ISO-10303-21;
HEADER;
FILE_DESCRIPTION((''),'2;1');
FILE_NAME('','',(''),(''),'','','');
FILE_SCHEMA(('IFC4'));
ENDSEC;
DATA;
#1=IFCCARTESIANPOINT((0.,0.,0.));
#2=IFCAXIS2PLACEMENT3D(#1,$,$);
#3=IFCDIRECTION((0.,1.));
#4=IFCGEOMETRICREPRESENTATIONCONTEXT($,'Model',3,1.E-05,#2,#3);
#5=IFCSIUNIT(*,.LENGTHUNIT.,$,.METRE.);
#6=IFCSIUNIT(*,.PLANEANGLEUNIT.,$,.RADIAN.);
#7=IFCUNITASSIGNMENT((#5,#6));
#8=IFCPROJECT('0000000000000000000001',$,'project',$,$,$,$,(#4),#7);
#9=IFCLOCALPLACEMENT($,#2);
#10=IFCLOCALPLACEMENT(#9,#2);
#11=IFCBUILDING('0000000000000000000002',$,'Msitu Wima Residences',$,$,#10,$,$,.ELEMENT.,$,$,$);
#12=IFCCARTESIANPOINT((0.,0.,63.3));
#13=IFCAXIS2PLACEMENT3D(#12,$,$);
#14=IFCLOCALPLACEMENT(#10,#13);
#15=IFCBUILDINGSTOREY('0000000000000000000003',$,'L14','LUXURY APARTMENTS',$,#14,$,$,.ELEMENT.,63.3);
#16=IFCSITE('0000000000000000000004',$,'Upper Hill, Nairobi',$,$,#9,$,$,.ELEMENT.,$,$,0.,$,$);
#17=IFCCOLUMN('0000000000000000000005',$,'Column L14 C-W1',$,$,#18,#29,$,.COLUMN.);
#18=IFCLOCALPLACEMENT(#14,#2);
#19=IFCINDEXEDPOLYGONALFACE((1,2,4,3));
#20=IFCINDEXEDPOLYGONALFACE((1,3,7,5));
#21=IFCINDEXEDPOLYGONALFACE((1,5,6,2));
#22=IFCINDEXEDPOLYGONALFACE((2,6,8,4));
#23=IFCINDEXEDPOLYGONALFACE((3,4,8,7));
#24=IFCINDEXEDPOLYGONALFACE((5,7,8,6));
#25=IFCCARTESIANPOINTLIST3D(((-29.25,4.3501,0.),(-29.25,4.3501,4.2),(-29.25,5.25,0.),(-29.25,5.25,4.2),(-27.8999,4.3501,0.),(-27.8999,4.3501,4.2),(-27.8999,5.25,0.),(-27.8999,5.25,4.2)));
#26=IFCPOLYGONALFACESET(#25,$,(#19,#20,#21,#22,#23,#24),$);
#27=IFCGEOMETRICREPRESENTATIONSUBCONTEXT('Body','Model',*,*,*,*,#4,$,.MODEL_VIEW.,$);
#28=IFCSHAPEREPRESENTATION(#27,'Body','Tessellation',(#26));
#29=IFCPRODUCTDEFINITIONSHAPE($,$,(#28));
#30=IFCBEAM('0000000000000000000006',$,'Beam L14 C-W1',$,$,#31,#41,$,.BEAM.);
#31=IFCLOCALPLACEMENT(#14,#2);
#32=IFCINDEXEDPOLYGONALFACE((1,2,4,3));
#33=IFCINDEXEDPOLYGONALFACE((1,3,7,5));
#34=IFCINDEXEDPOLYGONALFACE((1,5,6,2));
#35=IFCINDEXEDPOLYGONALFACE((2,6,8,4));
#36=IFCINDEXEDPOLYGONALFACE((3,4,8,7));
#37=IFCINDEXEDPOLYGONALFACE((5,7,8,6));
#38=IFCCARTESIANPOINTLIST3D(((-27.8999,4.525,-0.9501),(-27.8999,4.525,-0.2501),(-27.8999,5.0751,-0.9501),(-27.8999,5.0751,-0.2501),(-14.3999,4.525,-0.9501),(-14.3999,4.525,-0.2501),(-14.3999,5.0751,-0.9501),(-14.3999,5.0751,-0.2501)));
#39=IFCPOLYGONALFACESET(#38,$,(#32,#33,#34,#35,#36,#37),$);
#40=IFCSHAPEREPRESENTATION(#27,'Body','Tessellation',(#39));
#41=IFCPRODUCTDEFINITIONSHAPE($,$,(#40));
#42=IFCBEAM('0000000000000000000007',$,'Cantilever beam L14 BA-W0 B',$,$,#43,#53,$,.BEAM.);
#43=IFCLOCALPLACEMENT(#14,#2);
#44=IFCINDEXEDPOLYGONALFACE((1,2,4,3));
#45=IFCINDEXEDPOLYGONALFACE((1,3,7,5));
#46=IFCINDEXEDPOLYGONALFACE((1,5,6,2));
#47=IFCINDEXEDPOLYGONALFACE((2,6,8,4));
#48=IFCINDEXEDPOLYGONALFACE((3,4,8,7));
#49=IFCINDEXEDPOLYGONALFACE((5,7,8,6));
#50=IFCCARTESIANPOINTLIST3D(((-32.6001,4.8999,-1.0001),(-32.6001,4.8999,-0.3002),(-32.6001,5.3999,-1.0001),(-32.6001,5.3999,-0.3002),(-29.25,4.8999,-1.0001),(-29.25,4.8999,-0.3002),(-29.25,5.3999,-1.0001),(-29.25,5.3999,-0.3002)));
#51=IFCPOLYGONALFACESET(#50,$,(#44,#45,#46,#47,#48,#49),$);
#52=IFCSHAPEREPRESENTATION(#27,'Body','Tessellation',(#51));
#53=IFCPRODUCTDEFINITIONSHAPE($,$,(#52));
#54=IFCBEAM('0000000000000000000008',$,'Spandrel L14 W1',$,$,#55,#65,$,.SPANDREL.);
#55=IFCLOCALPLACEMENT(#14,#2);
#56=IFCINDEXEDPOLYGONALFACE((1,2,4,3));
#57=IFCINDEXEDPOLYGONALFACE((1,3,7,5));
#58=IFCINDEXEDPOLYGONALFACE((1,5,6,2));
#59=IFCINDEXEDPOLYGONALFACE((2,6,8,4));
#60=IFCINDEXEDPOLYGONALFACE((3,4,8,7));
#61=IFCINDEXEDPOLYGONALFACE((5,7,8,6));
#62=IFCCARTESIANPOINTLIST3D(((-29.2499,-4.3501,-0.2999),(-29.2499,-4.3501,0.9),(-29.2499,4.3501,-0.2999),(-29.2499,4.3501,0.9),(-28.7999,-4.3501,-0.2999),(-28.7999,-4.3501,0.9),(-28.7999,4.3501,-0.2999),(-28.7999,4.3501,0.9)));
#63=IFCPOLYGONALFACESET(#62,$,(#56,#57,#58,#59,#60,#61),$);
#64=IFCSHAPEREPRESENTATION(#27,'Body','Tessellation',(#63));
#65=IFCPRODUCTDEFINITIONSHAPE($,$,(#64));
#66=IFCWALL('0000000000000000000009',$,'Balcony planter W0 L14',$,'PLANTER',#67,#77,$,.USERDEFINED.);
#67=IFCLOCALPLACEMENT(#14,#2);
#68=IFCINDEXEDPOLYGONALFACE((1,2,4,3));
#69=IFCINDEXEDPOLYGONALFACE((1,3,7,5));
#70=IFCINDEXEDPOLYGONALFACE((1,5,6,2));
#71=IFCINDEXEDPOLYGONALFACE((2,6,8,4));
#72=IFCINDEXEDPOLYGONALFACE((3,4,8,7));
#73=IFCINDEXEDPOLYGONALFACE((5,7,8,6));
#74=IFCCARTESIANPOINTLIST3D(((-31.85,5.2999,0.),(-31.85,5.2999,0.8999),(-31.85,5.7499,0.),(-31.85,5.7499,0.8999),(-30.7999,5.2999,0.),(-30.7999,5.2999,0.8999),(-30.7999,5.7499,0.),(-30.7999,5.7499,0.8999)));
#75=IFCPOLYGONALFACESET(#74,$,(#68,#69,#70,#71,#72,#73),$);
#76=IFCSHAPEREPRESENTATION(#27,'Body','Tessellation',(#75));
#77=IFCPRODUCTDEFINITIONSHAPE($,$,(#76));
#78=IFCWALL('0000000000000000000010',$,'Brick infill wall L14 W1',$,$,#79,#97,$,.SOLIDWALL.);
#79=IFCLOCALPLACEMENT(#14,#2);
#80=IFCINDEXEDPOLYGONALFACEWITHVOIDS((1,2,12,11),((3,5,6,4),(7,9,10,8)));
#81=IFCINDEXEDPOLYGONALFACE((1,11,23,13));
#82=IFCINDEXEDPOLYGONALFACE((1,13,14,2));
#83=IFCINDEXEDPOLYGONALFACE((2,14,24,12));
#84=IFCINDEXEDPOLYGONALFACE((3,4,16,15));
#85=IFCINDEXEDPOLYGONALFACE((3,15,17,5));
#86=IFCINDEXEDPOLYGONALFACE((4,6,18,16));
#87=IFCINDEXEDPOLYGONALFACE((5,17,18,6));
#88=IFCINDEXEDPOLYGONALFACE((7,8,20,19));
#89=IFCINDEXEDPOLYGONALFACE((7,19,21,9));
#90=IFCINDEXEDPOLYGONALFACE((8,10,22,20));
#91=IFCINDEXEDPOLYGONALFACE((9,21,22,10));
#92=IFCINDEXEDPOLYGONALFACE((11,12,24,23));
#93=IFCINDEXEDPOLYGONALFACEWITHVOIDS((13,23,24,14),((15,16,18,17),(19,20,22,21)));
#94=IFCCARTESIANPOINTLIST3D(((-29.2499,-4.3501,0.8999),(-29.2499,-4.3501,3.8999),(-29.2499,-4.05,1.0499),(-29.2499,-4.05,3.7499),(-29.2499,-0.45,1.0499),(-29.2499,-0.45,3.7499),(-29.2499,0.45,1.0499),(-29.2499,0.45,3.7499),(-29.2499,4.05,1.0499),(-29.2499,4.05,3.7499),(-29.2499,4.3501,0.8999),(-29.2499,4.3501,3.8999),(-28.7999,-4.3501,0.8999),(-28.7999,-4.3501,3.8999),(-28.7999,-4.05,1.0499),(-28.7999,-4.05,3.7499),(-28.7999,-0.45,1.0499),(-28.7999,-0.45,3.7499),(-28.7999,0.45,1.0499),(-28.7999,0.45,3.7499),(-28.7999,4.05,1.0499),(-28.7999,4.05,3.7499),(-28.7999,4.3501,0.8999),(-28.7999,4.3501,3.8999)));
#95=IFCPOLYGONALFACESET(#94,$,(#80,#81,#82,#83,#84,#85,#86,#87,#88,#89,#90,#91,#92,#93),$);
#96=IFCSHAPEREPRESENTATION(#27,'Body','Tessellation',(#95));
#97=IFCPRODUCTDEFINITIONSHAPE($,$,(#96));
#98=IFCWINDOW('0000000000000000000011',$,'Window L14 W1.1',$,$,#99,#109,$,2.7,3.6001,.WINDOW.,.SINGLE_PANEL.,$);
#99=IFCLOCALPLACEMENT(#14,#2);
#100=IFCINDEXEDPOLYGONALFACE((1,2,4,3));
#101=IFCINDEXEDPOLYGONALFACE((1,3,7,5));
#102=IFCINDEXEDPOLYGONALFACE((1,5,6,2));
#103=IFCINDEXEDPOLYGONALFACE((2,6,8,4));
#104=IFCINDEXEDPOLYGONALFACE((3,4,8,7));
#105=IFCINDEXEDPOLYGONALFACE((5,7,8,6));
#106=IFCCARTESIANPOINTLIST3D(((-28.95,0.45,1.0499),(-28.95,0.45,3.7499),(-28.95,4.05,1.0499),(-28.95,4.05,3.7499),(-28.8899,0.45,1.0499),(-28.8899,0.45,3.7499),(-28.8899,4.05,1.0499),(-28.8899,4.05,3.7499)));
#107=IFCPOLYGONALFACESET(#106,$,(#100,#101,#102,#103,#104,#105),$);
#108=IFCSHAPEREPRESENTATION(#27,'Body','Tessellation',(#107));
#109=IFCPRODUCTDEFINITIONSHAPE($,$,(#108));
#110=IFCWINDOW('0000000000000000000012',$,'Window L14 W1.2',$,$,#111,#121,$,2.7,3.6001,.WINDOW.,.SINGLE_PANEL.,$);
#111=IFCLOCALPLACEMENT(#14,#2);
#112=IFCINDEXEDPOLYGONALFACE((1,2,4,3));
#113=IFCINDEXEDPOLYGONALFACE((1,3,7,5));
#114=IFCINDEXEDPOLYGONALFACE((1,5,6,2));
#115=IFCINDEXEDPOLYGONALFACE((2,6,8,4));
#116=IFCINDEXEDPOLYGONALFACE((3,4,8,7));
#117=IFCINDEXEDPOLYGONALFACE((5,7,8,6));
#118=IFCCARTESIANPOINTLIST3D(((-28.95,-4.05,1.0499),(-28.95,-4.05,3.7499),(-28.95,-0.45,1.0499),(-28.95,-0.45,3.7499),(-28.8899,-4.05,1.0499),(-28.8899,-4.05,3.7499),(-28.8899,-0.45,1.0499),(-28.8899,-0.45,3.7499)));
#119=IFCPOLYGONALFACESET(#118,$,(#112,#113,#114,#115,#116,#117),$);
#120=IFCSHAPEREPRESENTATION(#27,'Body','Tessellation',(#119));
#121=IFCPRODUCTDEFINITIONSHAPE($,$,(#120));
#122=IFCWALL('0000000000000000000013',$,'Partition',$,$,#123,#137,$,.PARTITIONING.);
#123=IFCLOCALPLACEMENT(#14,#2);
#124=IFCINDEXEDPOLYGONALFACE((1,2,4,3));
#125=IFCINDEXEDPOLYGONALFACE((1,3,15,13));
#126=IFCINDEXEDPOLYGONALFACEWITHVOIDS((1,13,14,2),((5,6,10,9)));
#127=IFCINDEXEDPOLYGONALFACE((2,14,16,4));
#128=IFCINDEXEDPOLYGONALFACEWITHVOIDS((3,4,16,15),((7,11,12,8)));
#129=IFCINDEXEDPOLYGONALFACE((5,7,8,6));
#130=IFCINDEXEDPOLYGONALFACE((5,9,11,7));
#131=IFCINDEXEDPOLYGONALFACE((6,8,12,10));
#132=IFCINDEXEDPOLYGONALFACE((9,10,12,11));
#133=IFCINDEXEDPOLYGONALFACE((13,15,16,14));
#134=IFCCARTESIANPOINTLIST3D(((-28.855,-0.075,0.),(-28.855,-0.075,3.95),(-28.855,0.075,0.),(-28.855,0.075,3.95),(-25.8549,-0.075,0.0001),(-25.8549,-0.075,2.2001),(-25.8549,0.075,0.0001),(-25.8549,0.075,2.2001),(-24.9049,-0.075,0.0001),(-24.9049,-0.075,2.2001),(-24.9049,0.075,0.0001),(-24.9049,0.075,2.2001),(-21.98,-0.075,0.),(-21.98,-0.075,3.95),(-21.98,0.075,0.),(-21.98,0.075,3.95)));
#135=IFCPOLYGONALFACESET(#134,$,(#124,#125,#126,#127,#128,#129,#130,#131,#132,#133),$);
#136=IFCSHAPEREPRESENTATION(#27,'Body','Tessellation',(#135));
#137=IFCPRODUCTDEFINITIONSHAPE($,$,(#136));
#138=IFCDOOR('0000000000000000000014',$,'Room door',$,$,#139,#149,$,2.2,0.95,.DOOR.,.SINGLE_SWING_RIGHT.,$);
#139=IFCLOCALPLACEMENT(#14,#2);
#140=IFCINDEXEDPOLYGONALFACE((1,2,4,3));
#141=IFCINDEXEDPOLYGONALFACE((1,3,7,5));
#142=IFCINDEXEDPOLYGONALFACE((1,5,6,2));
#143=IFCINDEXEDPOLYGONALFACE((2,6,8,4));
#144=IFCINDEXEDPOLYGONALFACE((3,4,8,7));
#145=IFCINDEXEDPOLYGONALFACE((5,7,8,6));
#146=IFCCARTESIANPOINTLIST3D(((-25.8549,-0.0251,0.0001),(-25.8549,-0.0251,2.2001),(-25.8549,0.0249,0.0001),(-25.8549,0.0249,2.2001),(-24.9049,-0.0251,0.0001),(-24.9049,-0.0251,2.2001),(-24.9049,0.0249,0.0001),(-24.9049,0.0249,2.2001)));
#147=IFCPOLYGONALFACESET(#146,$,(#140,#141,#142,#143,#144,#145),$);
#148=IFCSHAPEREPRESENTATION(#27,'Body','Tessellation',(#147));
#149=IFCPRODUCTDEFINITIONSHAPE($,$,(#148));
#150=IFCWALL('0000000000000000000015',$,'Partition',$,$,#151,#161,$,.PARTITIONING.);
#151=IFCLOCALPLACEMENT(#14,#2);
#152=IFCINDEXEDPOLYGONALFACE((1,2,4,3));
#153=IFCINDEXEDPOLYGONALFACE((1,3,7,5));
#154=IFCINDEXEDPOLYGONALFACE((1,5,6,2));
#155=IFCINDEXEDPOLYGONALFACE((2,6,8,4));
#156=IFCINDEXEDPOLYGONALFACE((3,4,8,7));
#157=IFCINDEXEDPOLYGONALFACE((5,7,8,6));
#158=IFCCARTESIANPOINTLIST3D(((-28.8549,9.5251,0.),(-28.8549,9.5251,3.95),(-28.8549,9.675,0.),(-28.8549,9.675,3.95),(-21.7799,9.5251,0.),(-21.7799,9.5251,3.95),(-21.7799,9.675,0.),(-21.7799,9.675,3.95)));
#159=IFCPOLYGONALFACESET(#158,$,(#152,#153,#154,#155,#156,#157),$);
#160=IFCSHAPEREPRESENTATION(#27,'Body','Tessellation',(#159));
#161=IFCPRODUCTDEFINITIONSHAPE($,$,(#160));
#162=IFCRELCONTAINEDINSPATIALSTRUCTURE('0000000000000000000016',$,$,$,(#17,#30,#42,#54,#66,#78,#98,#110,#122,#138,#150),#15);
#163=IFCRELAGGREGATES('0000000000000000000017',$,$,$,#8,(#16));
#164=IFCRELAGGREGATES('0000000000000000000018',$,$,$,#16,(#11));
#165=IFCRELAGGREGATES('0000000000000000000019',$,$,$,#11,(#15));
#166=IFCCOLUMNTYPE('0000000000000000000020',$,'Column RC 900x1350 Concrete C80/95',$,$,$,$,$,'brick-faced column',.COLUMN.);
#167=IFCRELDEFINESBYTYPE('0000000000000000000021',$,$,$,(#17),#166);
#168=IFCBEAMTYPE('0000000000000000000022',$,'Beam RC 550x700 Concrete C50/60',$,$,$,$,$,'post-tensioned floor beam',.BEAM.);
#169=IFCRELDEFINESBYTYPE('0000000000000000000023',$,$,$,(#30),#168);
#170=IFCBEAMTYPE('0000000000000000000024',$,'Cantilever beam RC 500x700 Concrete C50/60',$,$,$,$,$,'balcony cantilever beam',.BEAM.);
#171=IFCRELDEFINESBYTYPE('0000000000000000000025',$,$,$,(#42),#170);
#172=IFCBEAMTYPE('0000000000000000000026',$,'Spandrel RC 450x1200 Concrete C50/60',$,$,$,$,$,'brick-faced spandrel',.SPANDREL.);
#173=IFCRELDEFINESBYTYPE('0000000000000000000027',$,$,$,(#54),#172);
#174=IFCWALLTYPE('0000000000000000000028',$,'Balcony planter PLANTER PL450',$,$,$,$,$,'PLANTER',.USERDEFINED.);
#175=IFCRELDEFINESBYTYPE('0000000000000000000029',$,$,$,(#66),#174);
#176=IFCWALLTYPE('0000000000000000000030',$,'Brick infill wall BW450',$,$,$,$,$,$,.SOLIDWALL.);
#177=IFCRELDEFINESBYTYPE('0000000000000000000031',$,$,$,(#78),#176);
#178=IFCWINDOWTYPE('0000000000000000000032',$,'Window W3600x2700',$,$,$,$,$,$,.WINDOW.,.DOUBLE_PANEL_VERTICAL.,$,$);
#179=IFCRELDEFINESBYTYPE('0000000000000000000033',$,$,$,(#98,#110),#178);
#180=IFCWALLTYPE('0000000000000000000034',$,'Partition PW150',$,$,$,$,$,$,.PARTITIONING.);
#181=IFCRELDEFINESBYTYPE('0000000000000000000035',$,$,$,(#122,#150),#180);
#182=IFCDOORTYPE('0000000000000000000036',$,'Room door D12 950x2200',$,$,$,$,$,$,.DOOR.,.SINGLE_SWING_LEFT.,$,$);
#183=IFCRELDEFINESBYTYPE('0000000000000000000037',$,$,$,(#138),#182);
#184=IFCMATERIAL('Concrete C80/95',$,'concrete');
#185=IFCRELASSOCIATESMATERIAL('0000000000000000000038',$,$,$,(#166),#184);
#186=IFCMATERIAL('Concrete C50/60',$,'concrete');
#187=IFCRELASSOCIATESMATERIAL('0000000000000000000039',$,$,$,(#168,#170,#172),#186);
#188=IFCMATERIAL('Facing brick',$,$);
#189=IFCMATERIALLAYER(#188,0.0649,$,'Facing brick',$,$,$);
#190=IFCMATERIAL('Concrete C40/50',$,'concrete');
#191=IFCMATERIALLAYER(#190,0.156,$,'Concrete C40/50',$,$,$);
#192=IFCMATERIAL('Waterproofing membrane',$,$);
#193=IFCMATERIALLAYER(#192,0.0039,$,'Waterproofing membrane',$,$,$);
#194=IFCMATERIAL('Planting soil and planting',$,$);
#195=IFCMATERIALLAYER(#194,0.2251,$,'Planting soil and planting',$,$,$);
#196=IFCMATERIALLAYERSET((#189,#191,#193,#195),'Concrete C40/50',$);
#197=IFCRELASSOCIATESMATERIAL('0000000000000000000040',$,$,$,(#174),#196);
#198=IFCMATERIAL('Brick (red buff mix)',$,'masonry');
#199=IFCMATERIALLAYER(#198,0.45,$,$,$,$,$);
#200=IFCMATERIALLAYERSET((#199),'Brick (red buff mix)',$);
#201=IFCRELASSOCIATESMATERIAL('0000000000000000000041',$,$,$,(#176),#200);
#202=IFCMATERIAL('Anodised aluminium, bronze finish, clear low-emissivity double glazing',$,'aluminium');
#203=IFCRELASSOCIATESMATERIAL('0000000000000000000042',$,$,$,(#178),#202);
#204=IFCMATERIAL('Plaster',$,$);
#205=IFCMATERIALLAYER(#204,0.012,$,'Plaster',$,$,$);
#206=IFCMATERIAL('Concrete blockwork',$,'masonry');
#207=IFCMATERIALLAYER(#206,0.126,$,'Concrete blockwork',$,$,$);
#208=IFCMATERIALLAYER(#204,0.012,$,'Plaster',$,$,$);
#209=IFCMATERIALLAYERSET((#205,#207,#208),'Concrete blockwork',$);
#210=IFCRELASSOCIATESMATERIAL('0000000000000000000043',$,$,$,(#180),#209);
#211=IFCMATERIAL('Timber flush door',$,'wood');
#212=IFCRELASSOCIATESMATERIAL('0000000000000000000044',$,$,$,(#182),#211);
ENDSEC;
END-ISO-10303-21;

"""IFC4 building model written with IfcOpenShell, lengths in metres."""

from ifc_helpers import new_model, si_unit, direction, frame, frame_2d, origin, origin_2d, place, context, subcontext, project, spatial, rectangle, extrude, material, layer, layer_set, material_profile, profile_set, type_object, element, fill, save


model = new_model("IFC4")

# Units and contexts
model_context = context("Model", 3, precision=1e-05, world=origin(), true_north=direction((0.0, 1.0)))
body_context = subcontext(model_context, "Body", "Model", "MODEL_VIEW")
ifc_project = project(units=[si_unit("LENGTHUNIT", "METRE"), si_unit("PLANEANGLEUNIT", "RADIAN")], contexts=[model_context])

# Site, building, storey
site_placement = place(None, origin())
site = spatial("IfcSite", under=ifc_project, at=site_placement, Name="Upper Hill, Nairobi", CompositionType="ELEMENT", RefElevation=0.0)
building_placement = place(site_placement, origin())
building = spatial("IfcBuilding", under=site, at=building_placement, Name="Msitu Wima Residences", CompositionType="ELEMENT")
storey_placement = place(building_placement, frame((0.0, 0.0, 63.3)))
storey = spatial("IfcBuildingStorey", under=building, at=storey_placement, Name="L14", Description="LUXURY APARTMENTS", CompositionType="ELEMENT", Elevation=63.3)

# Column
ifc_material_1 = material(Name="Concrete C80/95", Category="concrete")
ifc_material_profile_1 = material_profile(ifc_material_1, rectangle(XDim=0.8999, YDim=1.3501, at=origin_2d()), Name="RC 900x1350")
ifc_profile_set_1 = profile_set([ifc_material_profile_1], Name="Concrete C80/95")
column_type = type_object("IfcColumnType", Name="Column RC 900x1350 Concrete C80/95", ElementType="brick-faced column", PredefinedType="COLUMN", material=ifc_profile_set_1)
column_placement = place(storey_placement, frame((-28.575, 4.8, 0.0), z_axis=(0.0, 0.0, 1.0), x_axis=(0.0, -1.0, 0.0)))
element("IfcColumn", 1, at=column_placement, inside=storey, type_object=column_type, Name="Column L14 C-W1", PredefinedType="COLUMN", context=body_context, shape_type="SweptSolid", body=[
    extrude(rectangle(XDim=0.8999, YDim=1.3501, at=origin_2d()), origin(), (0.0, 0.0, 1.0), 4.2),
])

# Beams
ifc_material_2 = material(Name="Concrete C50/60", Category="concrete")
ifc_material_profile_2 = material_profile(ifc_material_2, rectangle(XDim=0.55, YDim=0.7, at=origin_2d()), Name="RC 550x700")
ifc_profile_set_2 = profile_set([ifc_material_profile_2], Name="Concrete C50/60")
beam_type_1 = type_object("IfcBeamType", Name="Beam RC 550x700 Concrete C50/60", ElementType="post-tensioned floor beam", PredefinedType="BEAM", material=ifc_profile_set_2)
beam_1_placement = place(storey_placement, frame((-27.8999, 4.8, -0.6001), z_axis=(1.0, 0.0, 0.0), x_axis=(0.0, 1.0, 0.0)))
element("IfcBeam", 2, at=beam_1_placement, inside=storey, type_object=beam_type_1, Name="Beam L14 C-W1", PredefinedType="BEAM", context=body_context, shape_type="SweptSolid", body=[
    extrude(rectangle(XDim=0.55, YDim=0.7, at=origin_2d()), origin(), (0.0, 0.0, 1.0), 13.5),
])
ifc_material_profile_3 = material_profile(ifc_material_2, rectangle(XDim=0.5, YDim=0.7, at=origin_2d()), Name="RC 500x700")
ifc_profile_set_3 = profile_set([ifc_material_profile_3], Name="Concrete C50/60")
beam_type_2 = type_object("IfcBeamType", Name="Cantilever beam RC 500x700 Concrete C50/60", ElementType="balcony cantilever beam", PredefinedType="BEAM", material=ifc_profile_set_3)
beam_2_placement = place(storey_placement, frame((-29.25, 5.1499, -0.6501), z_axis=(-1.0, 0.0, 0.0), x_axis=(0.0, -1.0, 0.0)))
element("IfcBeam", 3, at=beam_2_placement, inside=storey, type_object=beam_type_2, Name="Cantilever beam L14 BA-W0 B", PredefinedType="BEAM", context=body_context, shape_type="SweptSolid", body=[
    extrude(rectangle(XDim=0.5, YDim=0.7, at=origin_2d()), origin(), (0.0, 0.0, 1.0), 3.3501),
])
ifc_material_profile_4 = material_profile(ifc_material_2, rectangle(XDim=0.45, YDim=1.2, at=origin_2d()), Name="RC 450x1200")
ifc_profile_set_4 = profile_set([ifc_material_profile_4], Name="Concrete C50/60")
beam_type_3 = type_object("IfcBeamType", Name="Spandrel RC 450x1200 Concrete C50/60", ElementType="brick-faced spandrel", PredefinedType="SPANDREL", material=ifc_profile_set_4)
beam_3_placement = place(storey_placement, frame((-29.0249, 4.3501, 0.3), z_axis=(0.0, -1.0, 0.0), x_axis=(1.0, 0.0, 0.0)))
element("IfcBeam", 4, at=beam_3_placement, inside=storey, type_object=beam_type_3, Name="Spandrel L14 W1", PredefinedType="SPANDREL", context=body_context, shape_type="SweptSolid", body=[
    extrude(rectangle(XDim=0.45, YDim=1.2, at=origin_2d()), origin(), (0.0, 0.0, 1.0), 8.7002),
])

# Wall
ifc_material_3 = material(Name="Facing brick")
ifc_layer_1 = layer(ifc_material_3, 0.0649, Name="Facing brick")
ifc_material_4 = material(Name="Concrete C40/50", Category="concrete")
ifc_layer_2 = layer(ifc_material_4, 0.156, Name="Concrete C40/50")
ifc_material_5 = material(Name="Waterproofing membrane")
ifc_layer_3 = layer(ifc_material_5, 0.0039, Name="Waterproofing membrane")
ifc_material_6 = material(Name="Planting soil and planting")
ifc_layer_4 = layer(ifc_material_6, 0.2251, Name="Planting soil and planting")
ifc_layer_set_1 = layer_set([ifc_layer_1, ifc_layer_2, ifc_layer_3, ifc_layer_4], Name="Concrete C40/50")
wall_type_1 = type_object("IfcWallType", Name="Balcony planter PLANTER PL450", ElementType="PLANTER", PredefinedType="USERDEFINED", material=ifc_layer_set_1)
wall_1_placement = place(storey_placement, frame((-30.8, 5.5249, 0.0), z_axis=(0.0, 0.0, 1.0), x_axis=(-1.0, 0.0, 0.0)))
element("IfcWall", 5, at=wall_1_placement, inside=storey, type_object=wall_type_1, Name="Balcony planter W0 L14", ObjectType="PLANTER", PredefinedType="USERDEFINED", context=body_context, shape_type="SweptSolid", body=[
    extrude(rectangle(XDim=1.05, YDim=0.45, at=frame_2d((0.5249, 0.0))), origin(), (0.0, 0.0, 1.0), 0.8999),
])

# Wall, openings, windows
ifc_material_7 = material(Name="Brick (red buff mix)", Category="masonry")
ifc_layer_5 = layer(ifc_material_7, 0.45)
ifc_layer_set_2 = layer_set([ifc_layer_5], Name="Brick (red buff mix)")
wall_type_2 = type_object("IfcWallType", Name="Brick infill wall BW450", PredefinedType="SOLIDWALL", material=ifc_layer_set_2)
wall_2_placement = place(storey_placement, frame((-29.0249, 4.3501, 0.8999), z_axis=(0.0, 0.0, 1.0), x_axis=(0.0, -1.0, 0.0)))
wall_2 = element("IfcWall", 6, at=wall_2_placement, inside=storey, type_object=wall_type_2, Name="Brick infill wall L14 W1", PredefinedType="SOLIDWALL", context=body_context, shape_type="SweptSolid", body=[
    extrude(rectangle(XDim=8.7002, YDim=0.45, at=frame_2d((4.3501, 0.0))), origin(), (0.0, 0.0, 1.0), 3.0),
])
opening_1_placement = place(wall_2_placement, frame((0.3, 0.0, 0.1499)))
opening_1 = element("IfcOpeningElement", 7, at=opening_1_placement, cuts=wall_2, PredefinedType="OPENING", context=body_context, shape_type="SweptSolid", body=[
    extrude(rectangle(XDim=3.6001, YDim=2.7, at=frame_2d((1.8, 1.3501))), frame((0.0, 0.2349, 0.0), z_axis=(0.0, -1.0, 0.0), x_axis=(1.0, 0.0, 0.0)), (0.0, 0.0, 1.0), 0.47),
])
opening_2_placement = place(wall_2_placement, frame((4.8, 0.0, 0.1499)))
opening_2 = element("IfcOpeningElement", 8, at=opening_2_placement, cuts=wall_2, PredefinedType="OPENING", context=body_context, shape_type="SweptSolid", body=[
    extrude(rectangle(XDim=3.6001, YDim=2.7, at=frame_2d((1.8, 1.3501))), frame((0.0, 0.2349, 0.0), z_axis=(0.0, -1.0, 0.0), x_axis=(1.0, 0.0, 0.0)), (0.0, 0.0, 1.0), 0.47),
])
ifc_material_8 = material(Name="Anodised aluminium, bronze finish, clear low-emissivity double glazing", Category="aluminium")
window_type = type_object("IfcWindowType", Name="Window W3600x2700", PartitioningType="DOUBLE_PANEL_VERTICAL", PredefinedType="WINDOW", material=ifc_material_8)
window_1_placement = place(opening_1_placement, origin())
window_1 = element("IfcWindow", 9, at=window_1_placement, inside=storey, type_object=window_type, Name="Window L14 W1.1", OverallHeight=2.7, OverallWidth=3.6001, PartitioningType="SINGLE_PANEL", PredefinedType="WINDOW", context=body_context, shape_type="SweptSolid", body=[
    extrude(rectangle(XDim=3.6001, YDim=2.7, at=frame_2d((1.8, 1.3501))), frame((0.0, 0.135, 0.0), z_axis=(0.0, -1.0, 0.0), x_axis=(1.0, 0.0, 0.0)), (0.0, 0.0, 1.0), 0.0601),
])
fill(opening_1, window_1)
window_2_placement = place(opening_2_placement, origin())
window_2 = element("IfcWindow", 10, at=window_2_placement, inside=storey, type_object=window_type, Name="Window L14 W1.2", OverallHeight=2.7, OverallWidth=3.6001, PartitioningType="SINGLE_PANEL", PredefinedType="WINDOW", context=body_context, shape_type="SweptSolid", body=[
    extrude(rectangle(XDim=3.6001, YDim=2.7, at=frame_2d((1.8, 1.3501))), frame((0.0, 0.135, 0.0), z_axis=(0.0, -1.0, 0.0), x_axis=(1.0, 0.0, 0.0)), (0.0, 0.0, 1.0), 0.0601),
])
fill(opening_2, window_2)

# Wall, opening, door
ifc_material_9 = material(Name="Plaster")
ifc_layer_6 = layer(ifc_material_9, 0.012, Name="Plaster")
ifc_material_10 = material(Name="Concrete blockwork", Category="masonry")
ifc_layer_7 = layer(ifc_material_10, 0.126, Name="Concrete blockwork")
ifc_layer_8 = layer(ifc_material_9, 0.012, Name="Plaster")
ifc_layer_set_3 = layer_set([ifc_layer_6, ifc_layer_7, ifc_layer_8], Name="Concrete blockwork")
wall_type_3 = type_object("IfcWallType", Name="Partition PW150", PredefinedType="PARTITIONING", material=ifc_layer_set_3)
wall_3_placement = place(storey_placement, frame((-28.855, 0.0, 0.0), z_axis=(0.0, 0.0, 1.0), x_axis=(1.0, 0.0, 0.0)))
wall_3 = element("IfcWall", 11, at=wall_3_placement, inside=storey, type_object=wall_type_3, Name="Partition", PredefinedType="PARTITIONING", context=body_context, shape_type="SweptSolid", body=[
    extrude(rectangle(XDim=6.875, YDim=0.1499, at=frame_2d((3.4375, 0.0))), origin(), (0.0, 0.0, 1.0), 3.95),
])
opening_3_placement = place(wall_3_placement, frame((3.0, 0.0, 0.0)))
opening_3 = element("IfcOpeningElement", 12, at=opening_3_placement, cuts=wall_3, PredefinedType="OPENING", context=body_context, shape_type="SweptSolid", body=[
    extrude(rectangle(XDim=0.95, YDim=2.2, at=frame_2d((0.4751, 1.1001))), frame((0.0, 0.085, 0.0), z_axis=(0.0, -1.0, 0.0), x_axis=(1.0, 0.0, 0.0)), (0.0, 0.0, 1.0), 0.1699),
])
ifc_material_11 = material(Name="Timber flush door", Category="wood")
door_type_1 = type_object("IfcDoorType", Name="Room door D12 950x2200", OperationType="SINGLE_SWING_LEFT", PredefinedType="DOOR", material=ifc_material_11)
door_1_placement = place(opening_3_placement, origin())
door_1 = element("IfcDoor", 13, at=door_1_placement, inside=storey, type_object=door_type_1, Name="Room door", OperationType="SINGLE_SWING_RIGHT", OverallHeight=2.2, OverallWidth=0.95, PredefinedType="DOOR", context=body_context, shape_type="SweptSolid", body=[
    extrude(rectangle(XDim=0.95, YDim=2.2, at=frame_2d((0.4751, 1.1001))), frame((0.0, 0.0249, 0.0), z_axis=(0.0, -1.0, 0.0), x_axis=(1.0, 0.0, 0.0)), (0.0, 0.0, 1.0), 0.05),
])
fill(opening_3, door_1)

# Wall
wall_4_placement = place(storey_placement, frame((-28.855, 9.6001, 0.0), z_axis=(0.0, 0.0, 1.0), x_axis=(1.0, 0.0, 0.0)))
element("IfcWall", 14, at=wall_4_placement, inside=storey, type_object=wall_type_3, Name="Partition", PredefinedType="PARTITIONING", context=body_context, shape_type="SweptSolid", body=[
    extrude(rectangle(XDim=7.075, YDim=0.1499, at=frame_2d((3.5376, 0.0))), origin(), (0.0, 0.0, 1.0), 3.95),
])

save(model, "model.ifc")
